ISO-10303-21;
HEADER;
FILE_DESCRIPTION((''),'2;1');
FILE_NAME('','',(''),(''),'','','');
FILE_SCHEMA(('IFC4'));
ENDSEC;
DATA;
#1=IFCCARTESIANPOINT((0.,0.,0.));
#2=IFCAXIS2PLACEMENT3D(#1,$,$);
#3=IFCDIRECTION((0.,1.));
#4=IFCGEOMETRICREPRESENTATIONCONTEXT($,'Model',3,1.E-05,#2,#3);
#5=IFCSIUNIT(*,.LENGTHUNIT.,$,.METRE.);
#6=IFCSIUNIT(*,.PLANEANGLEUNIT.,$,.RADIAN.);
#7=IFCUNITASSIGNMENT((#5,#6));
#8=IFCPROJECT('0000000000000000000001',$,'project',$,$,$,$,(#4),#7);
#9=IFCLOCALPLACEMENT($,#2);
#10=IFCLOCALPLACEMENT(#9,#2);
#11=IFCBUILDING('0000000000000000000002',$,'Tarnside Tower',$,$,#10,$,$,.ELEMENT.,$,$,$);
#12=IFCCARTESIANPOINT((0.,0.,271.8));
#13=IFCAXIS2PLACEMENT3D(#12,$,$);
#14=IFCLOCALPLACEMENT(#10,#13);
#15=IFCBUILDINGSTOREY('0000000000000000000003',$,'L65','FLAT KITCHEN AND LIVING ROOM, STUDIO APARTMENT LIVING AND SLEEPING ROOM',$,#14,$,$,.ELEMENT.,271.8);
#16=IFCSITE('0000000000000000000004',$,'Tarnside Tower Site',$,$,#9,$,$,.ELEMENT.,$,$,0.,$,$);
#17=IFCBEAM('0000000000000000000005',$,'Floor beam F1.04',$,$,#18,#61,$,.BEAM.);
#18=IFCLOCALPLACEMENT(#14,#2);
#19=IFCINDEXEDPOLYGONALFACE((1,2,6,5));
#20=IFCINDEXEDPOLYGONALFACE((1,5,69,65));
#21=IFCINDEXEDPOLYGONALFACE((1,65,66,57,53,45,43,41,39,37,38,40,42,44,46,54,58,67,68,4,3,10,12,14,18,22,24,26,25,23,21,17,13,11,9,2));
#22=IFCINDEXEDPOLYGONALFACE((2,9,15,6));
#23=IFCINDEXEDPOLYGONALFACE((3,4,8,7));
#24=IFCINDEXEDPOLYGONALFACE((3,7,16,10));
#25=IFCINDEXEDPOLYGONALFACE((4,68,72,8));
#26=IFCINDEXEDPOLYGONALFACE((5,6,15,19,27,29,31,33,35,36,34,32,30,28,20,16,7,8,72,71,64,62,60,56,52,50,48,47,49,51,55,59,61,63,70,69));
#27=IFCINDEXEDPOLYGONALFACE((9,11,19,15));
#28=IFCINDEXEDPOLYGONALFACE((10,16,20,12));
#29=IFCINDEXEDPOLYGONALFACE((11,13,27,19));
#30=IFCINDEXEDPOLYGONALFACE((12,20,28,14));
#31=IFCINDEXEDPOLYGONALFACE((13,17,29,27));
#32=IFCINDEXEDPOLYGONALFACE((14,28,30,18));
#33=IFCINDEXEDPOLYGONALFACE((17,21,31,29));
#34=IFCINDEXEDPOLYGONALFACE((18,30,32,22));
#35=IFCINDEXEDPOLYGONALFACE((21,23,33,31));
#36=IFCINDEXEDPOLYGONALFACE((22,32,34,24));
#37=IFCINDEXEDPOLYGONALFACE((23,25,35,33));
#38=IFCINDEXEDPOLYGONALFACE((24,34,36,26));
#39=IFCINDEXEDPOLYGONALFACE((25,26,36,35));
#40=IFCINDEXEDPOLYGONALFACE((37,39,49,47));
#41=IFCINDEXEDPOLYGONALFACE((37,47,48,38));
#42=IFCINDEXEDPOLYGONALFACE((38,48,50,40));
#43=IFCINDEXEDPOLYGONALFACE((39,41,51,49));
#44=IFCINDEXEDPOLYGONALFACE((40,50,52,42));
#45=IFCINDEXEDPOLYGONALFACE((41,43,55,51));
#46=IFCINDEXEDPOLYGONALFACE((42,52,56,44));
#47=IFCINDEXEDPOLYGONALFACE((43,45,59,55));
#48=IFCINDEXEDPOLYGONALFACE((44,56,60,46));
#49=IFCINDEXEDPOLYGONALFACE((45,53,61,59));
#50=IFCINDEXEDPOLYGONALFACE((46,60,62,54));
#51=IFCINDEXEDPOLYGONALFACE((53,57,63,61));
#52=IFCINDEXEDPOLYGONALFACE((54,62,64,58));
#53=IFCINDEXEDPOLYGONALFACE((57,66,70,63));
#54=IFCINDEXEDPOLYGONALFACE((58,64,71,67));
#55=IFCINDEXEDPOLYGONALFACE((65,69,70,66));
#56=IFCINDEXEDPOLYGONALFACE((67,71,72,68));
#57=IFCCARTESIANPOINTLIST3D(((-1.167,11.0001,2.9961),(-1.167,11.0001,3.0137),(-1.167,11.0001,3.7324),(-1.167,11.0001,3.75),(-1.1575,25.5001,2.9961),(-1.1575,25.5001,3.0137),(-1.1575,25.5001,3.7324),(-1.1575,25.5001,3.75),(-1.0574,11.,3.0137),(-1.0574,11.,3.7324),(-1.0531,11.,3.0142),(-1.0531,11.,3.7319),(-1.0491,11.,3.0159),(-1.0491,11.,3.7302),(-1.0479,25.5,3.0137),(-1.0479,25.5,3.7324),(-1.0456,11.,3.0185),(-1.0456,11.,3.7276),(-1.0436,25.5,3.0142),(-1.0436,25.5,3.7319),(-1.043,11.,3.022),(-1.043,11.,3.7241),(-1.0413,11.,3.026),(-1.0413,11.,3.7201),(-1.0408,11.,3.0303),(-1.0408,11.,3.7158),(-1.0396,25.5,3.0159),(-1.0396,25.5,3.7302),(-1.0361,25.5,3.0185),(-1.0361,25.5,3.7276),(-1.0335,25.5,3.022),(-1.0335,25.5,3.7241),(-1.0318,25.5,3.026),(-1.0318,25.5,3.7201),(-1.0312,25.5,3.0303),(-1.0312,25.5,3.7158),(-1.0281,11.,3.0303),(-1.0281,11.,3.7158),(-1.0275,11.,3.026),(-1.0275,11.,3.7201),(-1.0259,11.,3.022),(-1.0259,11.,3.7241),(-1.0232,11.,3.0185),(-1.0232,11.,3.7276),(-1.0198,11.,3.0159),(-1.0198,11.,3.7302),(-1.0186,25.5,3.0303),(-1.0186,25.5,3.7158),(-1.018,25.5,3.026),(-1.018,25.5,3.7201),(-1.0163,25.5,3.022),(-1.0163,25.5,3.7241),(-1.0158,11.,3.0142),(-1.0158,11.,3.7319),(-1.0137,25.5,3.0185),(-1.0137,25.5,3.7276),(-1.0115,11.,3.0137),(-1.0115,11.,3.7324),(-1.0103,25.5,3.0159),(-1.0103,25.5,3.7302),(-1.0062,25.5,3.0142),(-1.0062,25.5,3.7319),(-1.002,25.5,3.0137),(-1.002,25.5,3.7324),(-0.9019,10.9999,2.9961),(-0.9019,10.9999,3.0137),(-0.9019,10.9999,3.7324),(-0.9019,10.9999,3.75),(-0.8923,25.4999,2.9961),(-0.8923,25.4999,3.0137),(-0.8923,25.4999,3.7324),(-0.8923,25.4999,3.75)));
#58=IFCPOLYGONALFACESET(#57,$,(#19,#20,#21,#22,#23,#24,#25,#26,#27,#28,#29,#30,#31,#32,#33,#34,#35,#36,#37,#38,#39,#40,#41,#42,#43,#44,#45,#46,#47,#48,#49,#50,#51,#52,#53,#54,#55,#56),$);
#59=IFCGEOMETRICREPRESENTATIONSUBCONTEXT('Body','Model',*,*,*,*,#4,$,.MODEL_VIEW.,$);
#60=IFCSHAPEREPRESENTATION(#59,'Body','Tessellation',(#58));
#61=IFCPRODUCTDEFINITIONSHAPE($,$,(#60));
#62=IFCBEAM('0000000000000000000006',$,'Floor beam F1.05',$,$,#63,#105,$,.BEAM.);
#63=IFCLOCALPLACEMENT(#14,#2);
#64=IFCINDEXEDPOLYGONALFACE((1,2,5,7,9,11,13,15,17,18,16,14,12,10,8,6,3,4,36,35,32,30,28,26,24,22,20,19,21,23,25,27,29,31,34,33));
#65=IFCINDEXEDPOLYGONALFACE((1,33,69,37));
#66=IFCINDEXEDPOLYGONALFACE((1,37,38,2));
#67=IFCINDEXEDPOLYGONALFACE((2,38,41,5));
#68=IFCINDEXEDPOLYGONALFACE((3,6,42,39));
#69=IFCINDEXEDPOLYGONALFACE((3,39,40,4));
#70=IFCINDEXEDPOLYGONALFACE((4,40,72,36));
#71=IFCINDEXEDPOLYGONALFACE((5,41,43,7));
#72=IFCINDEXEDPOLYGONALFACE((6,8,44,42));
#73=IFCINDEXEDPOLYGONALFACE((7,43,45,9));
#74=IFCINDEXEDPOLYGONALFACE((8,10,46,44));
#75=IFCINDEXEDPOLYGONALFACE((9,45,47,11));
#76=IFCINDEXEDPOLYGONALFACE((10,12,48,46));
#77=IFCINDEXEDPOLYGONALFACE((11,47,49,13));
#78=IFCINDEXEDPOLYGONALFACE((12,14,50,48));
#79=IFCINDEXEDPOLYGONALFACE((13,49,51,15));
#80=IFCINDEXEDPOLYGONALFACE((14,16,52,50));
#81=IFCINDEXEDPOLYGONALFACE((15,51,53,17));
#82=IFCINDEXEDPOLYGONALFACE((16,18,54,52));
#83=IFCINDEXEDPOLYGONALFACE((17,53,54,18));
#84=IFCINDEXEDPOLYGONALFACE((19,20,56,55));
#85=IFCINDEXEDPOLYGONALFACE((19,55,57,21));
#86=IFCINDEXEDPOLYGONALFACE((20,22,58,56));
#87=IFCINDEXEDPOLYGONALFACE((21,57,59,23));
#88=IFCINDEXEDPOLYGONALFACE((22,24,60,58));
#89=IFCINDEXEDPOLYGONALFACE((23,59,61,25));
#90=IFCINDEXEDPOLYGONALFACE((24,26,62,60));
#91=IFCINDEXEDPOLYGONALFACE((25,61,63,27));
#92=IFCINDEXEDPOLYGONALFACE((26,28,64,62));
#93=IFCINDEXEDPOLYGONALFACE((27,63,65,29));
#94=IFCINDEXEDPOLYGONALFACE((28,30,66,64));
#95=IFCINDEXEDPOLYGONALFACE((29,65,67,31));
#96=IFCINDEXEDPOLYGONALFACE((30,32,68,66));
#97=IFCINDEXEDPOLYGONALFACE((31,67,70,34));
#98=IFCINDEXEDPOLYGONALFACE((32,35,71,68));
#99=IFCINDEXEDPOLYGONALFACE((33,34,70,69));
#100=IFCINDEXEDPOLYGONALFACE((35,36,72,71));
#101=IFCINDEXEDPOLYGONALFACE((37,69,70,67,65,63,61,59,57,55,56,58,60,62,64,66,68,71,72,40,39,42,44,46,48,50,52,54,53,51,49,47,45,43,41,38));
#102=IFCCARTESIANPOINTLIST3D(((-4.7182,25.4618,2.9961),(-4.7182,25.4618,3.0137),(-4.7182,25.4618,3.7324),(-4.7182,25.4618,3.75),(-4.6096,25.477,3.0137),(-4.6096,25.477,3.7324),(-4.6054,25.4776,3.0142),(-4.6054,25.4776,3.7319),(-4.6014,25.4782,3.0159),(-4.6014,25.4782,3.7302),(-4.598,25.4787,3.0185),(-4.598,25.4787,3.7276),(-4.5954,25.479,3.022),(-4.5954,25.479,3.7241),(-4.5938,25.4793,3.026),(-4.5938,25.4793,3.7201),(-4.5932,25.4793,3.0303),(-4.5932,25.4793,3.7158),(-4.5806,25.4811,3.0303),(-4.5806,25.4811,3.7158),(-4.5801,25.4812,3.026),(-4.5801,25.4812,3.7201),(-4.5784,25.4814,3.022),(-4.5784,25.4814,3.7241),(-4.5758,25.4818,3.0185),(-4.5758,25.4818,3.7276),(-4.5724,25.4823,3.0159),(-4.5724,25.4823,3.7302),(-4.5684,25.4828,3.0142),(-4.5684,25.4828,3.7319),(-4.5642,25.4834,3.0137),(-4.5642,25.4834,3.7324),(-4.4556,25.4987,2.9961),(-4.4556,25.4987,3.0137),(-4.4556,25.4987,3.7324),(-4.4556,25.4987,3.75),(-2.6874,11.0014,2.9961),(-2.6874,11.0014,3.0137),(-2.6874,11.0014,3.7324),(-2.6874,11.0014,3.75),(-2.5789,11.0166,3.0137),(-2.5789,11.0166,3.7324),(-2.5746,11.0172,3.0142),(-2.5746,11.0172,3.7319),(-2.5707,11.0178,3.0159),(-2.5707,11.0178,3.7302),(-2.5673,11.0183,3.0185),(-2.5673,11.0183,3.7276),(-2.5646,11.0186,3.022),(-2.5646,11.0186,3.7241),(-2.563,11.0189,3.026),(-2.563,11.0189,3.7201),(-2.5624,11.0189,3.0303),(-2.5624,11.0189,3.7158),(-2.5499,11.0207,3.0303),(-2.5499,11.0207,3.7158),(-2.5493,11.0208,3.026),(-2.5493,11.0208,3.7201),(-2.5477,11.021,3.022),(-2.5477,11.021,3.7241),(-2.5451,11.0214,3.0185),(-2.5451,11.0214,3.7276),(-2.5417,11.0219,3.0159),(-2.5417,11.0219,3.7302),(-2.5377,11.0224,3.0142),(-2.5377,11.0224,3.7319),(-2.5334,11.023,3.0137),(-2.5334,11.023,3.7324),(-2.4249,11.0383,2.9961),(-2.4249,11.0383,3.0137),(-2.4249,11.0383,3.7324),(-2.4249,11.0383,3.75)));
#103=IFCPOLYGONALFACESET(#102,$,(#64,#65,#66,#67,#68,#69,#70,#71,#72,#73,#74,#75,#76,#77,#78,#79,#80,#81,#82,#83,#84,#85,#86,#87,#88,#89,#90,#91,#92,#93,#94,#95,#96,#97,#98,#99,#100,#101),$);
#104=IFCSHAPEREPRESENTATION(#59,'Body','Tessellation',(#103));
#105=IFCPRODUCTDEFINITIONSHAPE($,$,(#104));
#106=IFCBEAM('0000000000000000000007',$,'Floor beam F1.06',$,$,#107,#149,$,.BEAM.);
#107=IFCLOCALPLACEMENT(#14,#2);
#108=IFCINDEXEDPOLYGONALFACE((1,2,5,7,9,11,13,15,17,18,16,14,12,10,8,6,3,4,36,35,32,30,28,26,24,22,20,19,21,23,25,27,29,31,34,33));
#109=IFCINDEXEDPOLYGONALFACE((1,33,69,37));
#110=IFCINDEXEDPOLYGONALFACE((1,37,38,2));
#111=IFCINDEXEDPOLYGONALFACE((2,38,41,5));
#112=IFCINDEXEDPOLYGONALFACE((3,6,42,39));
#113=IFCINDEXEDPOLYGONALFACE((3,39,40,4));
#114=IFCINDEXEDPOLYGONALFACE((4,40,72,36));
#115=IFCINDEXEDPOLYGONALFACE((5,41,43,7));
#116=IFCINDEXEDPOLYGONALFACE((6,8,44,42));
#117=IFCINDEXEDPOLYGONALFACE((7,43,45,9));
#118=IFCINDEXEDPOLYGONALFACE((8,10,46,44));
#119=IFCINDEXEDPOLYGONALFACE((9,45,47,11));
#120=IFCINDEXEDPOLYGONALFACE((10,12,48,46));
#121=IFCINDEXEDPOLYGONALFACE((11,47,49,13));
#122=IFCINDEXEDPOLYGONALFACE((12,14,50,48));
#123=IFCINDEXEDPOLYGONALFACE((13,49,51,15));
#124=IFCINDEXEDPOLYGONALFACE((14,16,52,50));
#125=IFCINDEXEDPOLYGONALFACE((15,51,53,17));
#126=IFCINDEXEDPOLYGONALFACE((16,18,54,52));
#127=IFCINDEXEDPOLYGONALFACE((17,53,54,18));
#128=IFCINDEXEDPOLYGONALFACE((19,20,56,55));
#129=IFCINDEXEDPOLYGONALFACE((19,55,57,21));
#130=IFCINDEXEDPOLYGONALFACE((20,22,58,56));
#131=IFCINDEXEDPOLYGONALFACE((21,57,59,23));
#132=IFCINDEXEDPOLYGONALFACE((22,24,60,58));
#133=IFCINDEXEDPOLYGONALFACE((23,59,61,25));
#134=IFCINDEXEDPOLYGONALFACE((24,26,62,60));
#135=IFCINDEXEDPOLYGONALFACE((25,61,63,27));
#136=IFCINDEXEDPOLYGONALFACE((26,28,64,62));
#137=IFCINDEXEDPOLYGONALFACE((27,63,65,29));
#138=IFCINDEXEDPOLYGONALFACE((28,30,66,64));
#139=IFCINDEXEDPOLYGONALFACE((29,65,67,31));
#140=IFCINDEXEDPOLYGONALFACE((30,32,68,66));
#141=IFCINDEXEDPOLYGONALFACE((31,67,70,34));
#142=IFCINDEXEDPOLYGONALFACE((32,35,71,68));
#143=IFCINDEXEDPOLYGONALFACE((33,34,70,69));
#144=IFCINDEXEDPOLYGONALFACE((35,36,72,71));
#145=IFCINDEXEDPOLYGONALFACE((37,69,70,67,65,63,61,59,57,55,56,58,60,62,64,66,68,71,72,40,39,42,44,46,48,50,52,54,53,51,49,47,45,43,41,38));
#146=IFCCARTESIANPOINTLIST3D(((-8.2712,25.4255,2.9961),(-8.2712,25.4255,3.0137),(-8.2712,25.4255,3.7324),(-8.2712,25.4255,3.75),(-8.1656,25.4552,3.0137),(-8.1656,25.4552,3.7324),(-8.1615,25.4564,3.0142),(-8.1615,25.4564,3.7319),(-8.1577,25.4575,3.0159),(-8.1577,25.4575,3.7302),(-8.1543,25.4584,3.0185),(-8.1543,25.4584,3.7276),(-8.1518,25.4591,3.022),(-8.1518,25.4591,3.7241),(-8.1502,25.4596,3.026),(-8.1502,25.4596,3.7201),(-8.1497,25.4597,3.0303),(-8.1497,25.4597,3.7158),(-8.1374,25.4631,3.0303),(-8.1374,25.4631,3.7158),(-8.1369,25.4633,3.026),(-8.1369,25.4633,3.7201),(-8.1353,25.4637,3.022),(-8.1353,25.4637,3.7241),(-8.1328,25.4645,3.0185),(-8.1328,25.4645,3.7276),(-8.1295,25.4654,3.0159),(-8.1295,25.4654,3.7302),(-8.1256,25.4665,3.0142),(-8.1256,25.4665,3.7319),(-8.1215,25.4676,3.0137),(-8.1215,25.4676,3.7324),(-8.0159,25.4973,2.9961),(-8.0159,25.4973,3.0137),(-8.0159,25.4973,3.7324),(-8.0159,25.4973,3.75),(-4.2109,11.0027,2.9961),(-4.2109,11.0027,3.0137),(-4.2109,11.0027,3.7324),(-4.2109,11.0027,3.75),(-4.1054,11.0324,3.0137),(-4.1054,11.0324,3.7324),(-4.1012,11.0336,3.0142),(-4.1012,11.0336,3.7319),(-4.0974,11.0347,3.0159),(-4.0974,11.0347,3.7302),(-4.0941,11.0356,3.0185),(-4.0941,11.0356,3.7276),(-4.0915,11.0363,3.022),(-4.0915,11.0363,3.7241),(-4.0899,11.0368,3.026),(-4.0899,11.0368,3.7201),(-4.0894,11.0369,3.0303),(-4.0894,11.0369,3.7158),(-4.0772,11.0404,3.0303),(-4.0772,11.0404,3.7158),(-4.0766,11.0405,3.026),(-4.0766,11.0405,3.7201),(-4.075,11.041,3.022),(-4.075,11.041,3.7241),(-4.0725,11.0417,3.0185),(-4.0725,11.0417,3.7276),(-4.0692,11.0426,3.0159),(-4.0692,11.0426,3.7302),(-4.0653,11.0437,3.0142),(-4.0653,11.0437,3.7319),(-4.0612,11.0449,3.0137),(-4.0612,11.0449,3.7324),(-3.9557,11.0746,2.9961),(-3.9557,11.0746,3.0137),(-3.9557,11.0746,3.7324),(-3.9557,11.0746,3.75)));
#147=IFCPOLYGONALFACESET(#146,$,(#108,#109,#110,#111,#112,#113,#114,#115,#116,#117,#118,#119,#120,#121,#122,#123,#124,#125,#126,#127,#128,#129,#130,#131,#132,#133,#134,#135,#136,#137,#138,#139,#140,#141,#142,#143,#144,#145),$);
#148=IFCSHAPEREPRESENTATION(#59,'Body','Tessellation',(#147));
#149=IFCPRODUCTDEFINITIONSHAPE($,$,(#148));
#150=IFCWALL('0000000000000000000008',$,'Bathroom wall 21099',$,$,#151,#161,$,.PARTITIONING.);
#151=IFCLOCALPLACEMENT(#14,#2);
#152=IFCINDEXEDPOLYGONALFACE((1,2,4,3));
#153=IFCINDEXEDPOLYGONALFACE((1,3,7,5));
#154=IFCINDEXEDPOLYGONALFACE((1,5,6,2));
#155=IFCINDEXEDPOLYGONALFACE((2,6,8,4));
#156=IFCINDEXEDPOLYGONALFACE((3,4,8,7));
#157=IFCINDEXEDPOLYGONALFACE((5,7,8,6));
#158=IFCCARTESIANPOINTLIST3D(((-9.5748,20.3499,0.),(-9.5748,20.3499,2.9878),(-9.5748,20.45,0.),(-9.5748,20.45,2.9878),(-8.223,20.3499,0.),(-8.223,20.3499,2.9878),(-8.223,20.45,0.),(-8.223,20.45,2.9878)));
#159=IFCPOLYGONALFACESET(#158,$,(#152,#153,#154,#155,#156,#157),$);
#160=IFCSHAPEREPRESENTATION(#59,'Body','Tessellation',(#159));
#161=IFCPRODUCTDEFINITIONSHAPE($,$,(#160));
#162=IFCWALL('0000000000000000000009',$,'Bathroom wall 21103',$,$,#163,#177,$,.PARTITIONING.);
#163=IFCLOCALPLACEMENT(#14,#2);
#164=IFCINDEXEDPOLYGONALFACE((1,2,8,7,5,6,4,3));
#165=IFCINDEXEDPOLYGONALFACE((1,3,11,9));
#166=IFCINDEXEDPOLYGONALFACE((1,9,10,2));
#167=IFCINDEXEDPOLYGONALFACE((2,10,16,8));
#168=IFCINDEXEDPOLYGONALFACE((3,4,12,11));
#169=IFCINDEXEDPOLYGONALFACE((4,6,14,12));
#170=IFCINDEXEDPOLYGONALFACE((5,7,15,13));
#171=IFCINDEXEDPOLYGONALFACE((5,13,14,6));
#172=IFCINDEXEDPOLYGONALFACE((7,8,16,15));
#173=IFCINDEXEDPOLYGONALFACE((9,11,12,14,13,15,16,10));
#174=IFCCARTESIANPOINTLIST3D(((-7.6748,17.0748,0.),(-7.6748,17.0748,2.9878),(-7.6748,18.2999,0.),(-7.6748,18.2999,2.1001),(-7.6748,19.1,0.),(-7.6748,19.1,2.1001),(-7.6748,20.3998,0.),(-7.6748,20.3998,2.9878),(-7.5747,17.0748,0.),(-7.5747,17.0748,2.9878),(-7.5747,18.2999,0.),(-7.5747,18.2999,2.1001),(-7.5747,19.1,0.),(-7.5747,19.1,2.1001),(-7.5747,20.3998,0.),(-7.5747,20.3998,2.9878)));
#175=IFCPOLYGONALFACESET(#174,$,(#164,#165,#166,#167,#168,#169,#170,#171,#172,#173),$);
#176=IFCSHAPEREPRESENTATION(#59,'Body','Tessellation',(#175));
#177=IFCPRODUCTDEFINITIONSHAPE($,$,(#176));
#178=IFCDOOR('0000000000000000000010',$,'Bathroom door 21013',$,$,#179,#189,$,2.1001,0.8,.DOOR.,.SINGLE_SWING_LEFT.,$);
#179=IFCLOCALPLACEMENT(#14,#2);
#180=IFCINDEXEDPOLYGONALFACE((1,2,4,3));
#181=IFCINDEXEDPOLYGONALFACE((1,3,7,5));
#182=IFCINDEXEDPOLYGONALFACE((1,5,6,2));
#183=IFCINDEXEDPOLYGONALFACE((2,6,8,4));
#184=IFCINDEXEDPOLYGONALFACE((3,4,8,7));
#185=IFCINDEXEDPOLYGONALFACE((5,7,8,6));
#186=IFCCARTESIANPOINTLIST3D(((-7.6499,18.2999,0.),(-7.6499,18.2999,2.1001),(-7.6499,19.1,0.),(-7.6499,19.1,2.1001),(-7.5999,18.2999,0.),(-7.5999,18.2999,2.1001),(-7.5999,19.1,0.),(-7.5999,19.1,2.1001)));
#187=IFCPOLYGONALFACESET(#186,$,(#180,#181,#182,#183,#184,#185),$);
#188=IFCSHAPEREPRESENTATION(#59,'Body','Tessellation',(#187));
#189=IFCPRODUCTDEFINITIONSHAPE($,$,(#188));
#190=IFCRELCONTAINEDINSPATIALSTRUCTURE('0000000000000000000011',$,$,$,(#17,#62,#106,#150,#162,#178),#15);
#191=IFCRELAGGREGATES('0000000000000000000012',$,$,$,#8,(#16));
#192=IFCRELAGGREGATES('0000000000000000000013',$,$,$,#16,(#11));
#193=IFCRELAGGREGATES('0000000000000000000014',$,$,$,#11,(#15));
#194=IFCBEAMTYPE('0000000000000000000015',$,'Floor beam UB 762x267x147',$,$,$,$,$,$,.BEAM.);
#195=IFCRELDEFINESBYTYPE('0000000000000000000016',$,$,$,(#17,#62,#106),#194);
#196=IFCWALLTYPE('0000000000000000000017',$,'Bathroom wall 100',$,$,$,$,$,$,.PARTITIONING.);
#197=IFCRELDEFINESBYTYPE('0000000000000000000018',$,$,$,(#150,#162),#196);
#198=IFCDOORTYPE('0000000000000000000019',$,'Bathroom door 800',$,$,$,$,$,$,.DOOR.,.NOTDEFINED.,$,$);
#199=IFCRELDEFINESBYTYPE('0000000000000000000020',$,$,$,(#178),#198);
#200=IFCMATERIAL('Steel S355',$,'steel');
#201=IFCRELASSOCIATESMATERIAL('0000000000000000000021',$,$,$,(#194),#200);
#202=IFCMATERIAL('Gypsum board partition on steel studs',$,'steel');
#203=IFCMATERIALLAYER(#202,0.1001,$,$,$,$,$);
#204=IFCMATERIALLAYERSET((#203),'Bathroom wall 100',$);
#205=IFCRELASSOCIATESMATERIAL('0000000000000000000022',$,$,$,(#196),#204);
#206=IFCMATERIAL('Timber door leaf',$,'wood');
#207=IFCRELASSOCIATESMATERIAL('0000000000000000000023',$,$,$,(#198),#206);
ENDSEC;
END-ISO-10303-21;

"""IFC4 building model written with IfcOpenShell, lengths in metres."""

from ifc_helpers import new_model, si_unit, direction, frame, frame_2d, origin, origin_2d, place, context, subcontext, project, spatial, rectangle, i_section, extrude, material, layer, layer_set, material_profile, profile_set, type_object, element, fill, save


model = new_model("IFC4")

# Units and contexts
model_context = context("Model", 3, precision=1e-05, world=origin(), true_north=direction((0.0, 1.0)))
body_context = subcontext(model_context, "Body", "Model", "MODEL_VIEW")
ifc_project = project(units=[si_unit("LENGTHUNIT", "METRE"), si_unit("PLANEANGLEUNIT", "RADIAN")], contexts=[model_context])

# Site, building, storey
site_placement = place(None, origin())
site = spatial("IfcSite", under=ifc_project, at=site_placement, Name="Tarnside Tower Site", CompositionType="ELEMENT", RefElevation=0.0)
building_placement = place(site_placement, origin())
building = spatial("IfcBuilding", under=site, at=building_placement, Name="Tarnside Tower", CompositionType="ELEMENT")
storey_placement = place(building_placement, frame((0.0, 0.0, 271.8)))
storey = spatial("IfcBuildingStorey", under=building, at=storey_placement, Name="L65", Description="FLAT KITCHEN AND LIVING ROOM, STUDIO APARTMENT LIVING AND SLEEPING ROOM", CompositionType="ELEMENT", Elevation=271.8)

# Beams
ifc_material_1 = material(Name="Steel S355", Category="steel")
ifc_material_profile = material_profile(ifc_material_1, i_section(OverallWidth=0.2651, OverallDepth=0.7539, WebThickness=0.0127, FlangeThickness=0.0176, FilletRadius=0.0166, at=origin_2d()), Name="UB 762x267x147")
ifc_profile_set = profile_set([ifc_material_profile], Name="Steel S355")
beam_type = type_object("IfcBeamType", Name="Floor beam UB 762x267x147", PredefinedType="BEAM", material=ifc_profile_set)
beam_1_placement = place(storey_placement, frame((-1.0249, 25.5, 3.373), z_axis=(-0.000657, -1.0, 0.0), x_axis=(1.0, -0.000657, 0.0)))
element("IfcBeam", 1, at=beam_1_placement, inside=storey, type_object=beam_type, Name="Floor beam F1.04", PredefinedType="BEAM", context=body_context, shape_type="SweptSolid", body=[
    extrude(i_section(OverallWidth=0.2651, OverallDepth=0.7539, WebThickness=0.0127, FlangeThickness=0.0176, FilletRadius=0.0166, at=origin_2d()), origin(), (0.0, 0.0, 1.0), 14.5),
])
beam_2_placement = place(storey_placement, frame((-4.5869, 25.4802, 3.373), z_axis=(0.139071, -0.990282, 0.0), x_axis=(0.990282, 0.139071, 0.0)))
element("IfcBeam", 2, at=beam_2_placement, inside=storey, type_object=beam_type, Name="Floor beam F1.05", PredefinedType="BEAM", context=body_context, shape_type="SweptSolid", body=[
    extrude(i_section(OverallWidth=0.2651, OverallDepth=0.7539, WebThickness=0.0127, FlangeThickness=0.0176, FilletRadius=0.0166, at=origin_2d()), origin(), (0.0, 0.0, 1.0), 14.6023),
])
beam_3_placement = place(storey_placement, frame((-8.1436, 25.4614, 3.373), z_axis=(0.270985, -0.962583, 0.0), x_axis=(0.962583, 0.270985, 0.0)))
element("IfcBeam", 3, at=beam_3_placement, inside=storey, type_object=beam_type, Name="Floor beam F1.06", PredefinedType="BEAM", context=body_context, shape_type="SweptSolid", body=[
    extrude(i_section(OverallWidth=0.2651, OverallDepth=0.7539, WebThickness=0.0127, FlangeThickness=0.0176, FilletRadius=0.0166, at=origin_2d()), origin(), (0.0, 0.0, 1.0), 14.9834),
])

# Wall
ifc_material_2 = material(Name="Gypsum board partition on steel studs", Category="steel")
ifc_layer_1 = layer(ifc_material_2, 0.1001)
ifc_layer_set_1 = layer_set([ifc_layer_1], Name="Bathroom wall 100")
wall_type_1 = type_object("IfcWallType", Name="Bathroom wall 100", PredefinedType="PARTITIONING", material=ifc_layer_set_1)
wall_1_placement = place(storey_placement, frame((-9.5747, 20.3999, 0.0), z_axis=(0.0, 0.0, 1.0), x_axis=(1.0, 0.0, 0.0)))
element("IfcWall", 4, at=wall_1_placement, inside=storey, type_object=wall_type_1, Name="Bathroom wall 21099", PredefinedType="PARTITIONING", context=body_context, shape_type="SweptSolid", body=[
    extrude(rectangle(XDim=1.3518, YDim=0.1001, at=frame_2d((0.6758, 0.0))), origin(), (0.0, 0.0, 1.0), 2.9878),
])

# Wall, opening, door
wall_2_placement = place(storey_placement, frame((-7.6248, 20.3999, 0.0), z_axis=(0.0, 0.0, 1.0), x_axis=(0.0, -1.0, 0.0)))
wall_2 = element("IfcWall", 5, at=wall_2_placement, inside=storey, type_object=wall_type_1, Name="Bathroom wall 21103", PredefinedType="PARTITIONING", context=body_context, shape_type="SweptSolid", body=[
    extrude(rectangle(XDim=3.325, YDim=0.1001, at=frame_2d((1.6626, 0.0))), origin(), (0.0, 0.0, 1.0), 2.9878),
])
opening_1_placement = place(wall_2_placement, frame((1.3, 0.0, 0.0)))
opening_1 = element("IfcOpeningElement", 6, at=opening_1_placement, cuts=wall_2, PredefinedType="OPENING", context=body_context, shape_type="SweptSolid", body=[
    extrude(rectangle(XDim=0.8, YDim=2.1001, at=frame_2d((0.3999, 1.05))), frame((0.0, 0.0601, 0.0), z_axis=(0.0, -1.0, 0.0), x_axis=(1.0, 0.0, 0.0)), (0.0, 0.0, 1.0), 0.1201),
])
ifc_material_3 = material(Name="Timber door leaf", Category="wood")
door_type_1 = type_object("IfcDoorType", Name="Bathroom door 800", OperationType="NOTDEFINED", PredefinedType="DOOR", material=ifc_material_3)
door_1_placement = place(opening_1_placement, origin())
door_1 = element("IfcDoor", 7, at=door_1_placement, inside=storey, type_object=door_type_1, Name="Bathroom door 21013", OperationType="SINGLE_SWING_LEFT", OverallHeight=2.1001, OverallWidth=0.8, PredefinedType="DOOR", context=body_context, shape_type="SweptSolid", body=[
    extrude(rectangle(XDim=0.8, YDim=2.1001, at=frame_2d((0.3999, 1.05))), frame((0.0, 0.0249, 0.0), z_axis=(0.0, -1.0, 0.0), x_axis=(1.0, 0.0, 0.0)), (0.0, 0.0, 1.0), 0.05),
])
fill(opening_1, door_1)

save(model, "model.ifc")
